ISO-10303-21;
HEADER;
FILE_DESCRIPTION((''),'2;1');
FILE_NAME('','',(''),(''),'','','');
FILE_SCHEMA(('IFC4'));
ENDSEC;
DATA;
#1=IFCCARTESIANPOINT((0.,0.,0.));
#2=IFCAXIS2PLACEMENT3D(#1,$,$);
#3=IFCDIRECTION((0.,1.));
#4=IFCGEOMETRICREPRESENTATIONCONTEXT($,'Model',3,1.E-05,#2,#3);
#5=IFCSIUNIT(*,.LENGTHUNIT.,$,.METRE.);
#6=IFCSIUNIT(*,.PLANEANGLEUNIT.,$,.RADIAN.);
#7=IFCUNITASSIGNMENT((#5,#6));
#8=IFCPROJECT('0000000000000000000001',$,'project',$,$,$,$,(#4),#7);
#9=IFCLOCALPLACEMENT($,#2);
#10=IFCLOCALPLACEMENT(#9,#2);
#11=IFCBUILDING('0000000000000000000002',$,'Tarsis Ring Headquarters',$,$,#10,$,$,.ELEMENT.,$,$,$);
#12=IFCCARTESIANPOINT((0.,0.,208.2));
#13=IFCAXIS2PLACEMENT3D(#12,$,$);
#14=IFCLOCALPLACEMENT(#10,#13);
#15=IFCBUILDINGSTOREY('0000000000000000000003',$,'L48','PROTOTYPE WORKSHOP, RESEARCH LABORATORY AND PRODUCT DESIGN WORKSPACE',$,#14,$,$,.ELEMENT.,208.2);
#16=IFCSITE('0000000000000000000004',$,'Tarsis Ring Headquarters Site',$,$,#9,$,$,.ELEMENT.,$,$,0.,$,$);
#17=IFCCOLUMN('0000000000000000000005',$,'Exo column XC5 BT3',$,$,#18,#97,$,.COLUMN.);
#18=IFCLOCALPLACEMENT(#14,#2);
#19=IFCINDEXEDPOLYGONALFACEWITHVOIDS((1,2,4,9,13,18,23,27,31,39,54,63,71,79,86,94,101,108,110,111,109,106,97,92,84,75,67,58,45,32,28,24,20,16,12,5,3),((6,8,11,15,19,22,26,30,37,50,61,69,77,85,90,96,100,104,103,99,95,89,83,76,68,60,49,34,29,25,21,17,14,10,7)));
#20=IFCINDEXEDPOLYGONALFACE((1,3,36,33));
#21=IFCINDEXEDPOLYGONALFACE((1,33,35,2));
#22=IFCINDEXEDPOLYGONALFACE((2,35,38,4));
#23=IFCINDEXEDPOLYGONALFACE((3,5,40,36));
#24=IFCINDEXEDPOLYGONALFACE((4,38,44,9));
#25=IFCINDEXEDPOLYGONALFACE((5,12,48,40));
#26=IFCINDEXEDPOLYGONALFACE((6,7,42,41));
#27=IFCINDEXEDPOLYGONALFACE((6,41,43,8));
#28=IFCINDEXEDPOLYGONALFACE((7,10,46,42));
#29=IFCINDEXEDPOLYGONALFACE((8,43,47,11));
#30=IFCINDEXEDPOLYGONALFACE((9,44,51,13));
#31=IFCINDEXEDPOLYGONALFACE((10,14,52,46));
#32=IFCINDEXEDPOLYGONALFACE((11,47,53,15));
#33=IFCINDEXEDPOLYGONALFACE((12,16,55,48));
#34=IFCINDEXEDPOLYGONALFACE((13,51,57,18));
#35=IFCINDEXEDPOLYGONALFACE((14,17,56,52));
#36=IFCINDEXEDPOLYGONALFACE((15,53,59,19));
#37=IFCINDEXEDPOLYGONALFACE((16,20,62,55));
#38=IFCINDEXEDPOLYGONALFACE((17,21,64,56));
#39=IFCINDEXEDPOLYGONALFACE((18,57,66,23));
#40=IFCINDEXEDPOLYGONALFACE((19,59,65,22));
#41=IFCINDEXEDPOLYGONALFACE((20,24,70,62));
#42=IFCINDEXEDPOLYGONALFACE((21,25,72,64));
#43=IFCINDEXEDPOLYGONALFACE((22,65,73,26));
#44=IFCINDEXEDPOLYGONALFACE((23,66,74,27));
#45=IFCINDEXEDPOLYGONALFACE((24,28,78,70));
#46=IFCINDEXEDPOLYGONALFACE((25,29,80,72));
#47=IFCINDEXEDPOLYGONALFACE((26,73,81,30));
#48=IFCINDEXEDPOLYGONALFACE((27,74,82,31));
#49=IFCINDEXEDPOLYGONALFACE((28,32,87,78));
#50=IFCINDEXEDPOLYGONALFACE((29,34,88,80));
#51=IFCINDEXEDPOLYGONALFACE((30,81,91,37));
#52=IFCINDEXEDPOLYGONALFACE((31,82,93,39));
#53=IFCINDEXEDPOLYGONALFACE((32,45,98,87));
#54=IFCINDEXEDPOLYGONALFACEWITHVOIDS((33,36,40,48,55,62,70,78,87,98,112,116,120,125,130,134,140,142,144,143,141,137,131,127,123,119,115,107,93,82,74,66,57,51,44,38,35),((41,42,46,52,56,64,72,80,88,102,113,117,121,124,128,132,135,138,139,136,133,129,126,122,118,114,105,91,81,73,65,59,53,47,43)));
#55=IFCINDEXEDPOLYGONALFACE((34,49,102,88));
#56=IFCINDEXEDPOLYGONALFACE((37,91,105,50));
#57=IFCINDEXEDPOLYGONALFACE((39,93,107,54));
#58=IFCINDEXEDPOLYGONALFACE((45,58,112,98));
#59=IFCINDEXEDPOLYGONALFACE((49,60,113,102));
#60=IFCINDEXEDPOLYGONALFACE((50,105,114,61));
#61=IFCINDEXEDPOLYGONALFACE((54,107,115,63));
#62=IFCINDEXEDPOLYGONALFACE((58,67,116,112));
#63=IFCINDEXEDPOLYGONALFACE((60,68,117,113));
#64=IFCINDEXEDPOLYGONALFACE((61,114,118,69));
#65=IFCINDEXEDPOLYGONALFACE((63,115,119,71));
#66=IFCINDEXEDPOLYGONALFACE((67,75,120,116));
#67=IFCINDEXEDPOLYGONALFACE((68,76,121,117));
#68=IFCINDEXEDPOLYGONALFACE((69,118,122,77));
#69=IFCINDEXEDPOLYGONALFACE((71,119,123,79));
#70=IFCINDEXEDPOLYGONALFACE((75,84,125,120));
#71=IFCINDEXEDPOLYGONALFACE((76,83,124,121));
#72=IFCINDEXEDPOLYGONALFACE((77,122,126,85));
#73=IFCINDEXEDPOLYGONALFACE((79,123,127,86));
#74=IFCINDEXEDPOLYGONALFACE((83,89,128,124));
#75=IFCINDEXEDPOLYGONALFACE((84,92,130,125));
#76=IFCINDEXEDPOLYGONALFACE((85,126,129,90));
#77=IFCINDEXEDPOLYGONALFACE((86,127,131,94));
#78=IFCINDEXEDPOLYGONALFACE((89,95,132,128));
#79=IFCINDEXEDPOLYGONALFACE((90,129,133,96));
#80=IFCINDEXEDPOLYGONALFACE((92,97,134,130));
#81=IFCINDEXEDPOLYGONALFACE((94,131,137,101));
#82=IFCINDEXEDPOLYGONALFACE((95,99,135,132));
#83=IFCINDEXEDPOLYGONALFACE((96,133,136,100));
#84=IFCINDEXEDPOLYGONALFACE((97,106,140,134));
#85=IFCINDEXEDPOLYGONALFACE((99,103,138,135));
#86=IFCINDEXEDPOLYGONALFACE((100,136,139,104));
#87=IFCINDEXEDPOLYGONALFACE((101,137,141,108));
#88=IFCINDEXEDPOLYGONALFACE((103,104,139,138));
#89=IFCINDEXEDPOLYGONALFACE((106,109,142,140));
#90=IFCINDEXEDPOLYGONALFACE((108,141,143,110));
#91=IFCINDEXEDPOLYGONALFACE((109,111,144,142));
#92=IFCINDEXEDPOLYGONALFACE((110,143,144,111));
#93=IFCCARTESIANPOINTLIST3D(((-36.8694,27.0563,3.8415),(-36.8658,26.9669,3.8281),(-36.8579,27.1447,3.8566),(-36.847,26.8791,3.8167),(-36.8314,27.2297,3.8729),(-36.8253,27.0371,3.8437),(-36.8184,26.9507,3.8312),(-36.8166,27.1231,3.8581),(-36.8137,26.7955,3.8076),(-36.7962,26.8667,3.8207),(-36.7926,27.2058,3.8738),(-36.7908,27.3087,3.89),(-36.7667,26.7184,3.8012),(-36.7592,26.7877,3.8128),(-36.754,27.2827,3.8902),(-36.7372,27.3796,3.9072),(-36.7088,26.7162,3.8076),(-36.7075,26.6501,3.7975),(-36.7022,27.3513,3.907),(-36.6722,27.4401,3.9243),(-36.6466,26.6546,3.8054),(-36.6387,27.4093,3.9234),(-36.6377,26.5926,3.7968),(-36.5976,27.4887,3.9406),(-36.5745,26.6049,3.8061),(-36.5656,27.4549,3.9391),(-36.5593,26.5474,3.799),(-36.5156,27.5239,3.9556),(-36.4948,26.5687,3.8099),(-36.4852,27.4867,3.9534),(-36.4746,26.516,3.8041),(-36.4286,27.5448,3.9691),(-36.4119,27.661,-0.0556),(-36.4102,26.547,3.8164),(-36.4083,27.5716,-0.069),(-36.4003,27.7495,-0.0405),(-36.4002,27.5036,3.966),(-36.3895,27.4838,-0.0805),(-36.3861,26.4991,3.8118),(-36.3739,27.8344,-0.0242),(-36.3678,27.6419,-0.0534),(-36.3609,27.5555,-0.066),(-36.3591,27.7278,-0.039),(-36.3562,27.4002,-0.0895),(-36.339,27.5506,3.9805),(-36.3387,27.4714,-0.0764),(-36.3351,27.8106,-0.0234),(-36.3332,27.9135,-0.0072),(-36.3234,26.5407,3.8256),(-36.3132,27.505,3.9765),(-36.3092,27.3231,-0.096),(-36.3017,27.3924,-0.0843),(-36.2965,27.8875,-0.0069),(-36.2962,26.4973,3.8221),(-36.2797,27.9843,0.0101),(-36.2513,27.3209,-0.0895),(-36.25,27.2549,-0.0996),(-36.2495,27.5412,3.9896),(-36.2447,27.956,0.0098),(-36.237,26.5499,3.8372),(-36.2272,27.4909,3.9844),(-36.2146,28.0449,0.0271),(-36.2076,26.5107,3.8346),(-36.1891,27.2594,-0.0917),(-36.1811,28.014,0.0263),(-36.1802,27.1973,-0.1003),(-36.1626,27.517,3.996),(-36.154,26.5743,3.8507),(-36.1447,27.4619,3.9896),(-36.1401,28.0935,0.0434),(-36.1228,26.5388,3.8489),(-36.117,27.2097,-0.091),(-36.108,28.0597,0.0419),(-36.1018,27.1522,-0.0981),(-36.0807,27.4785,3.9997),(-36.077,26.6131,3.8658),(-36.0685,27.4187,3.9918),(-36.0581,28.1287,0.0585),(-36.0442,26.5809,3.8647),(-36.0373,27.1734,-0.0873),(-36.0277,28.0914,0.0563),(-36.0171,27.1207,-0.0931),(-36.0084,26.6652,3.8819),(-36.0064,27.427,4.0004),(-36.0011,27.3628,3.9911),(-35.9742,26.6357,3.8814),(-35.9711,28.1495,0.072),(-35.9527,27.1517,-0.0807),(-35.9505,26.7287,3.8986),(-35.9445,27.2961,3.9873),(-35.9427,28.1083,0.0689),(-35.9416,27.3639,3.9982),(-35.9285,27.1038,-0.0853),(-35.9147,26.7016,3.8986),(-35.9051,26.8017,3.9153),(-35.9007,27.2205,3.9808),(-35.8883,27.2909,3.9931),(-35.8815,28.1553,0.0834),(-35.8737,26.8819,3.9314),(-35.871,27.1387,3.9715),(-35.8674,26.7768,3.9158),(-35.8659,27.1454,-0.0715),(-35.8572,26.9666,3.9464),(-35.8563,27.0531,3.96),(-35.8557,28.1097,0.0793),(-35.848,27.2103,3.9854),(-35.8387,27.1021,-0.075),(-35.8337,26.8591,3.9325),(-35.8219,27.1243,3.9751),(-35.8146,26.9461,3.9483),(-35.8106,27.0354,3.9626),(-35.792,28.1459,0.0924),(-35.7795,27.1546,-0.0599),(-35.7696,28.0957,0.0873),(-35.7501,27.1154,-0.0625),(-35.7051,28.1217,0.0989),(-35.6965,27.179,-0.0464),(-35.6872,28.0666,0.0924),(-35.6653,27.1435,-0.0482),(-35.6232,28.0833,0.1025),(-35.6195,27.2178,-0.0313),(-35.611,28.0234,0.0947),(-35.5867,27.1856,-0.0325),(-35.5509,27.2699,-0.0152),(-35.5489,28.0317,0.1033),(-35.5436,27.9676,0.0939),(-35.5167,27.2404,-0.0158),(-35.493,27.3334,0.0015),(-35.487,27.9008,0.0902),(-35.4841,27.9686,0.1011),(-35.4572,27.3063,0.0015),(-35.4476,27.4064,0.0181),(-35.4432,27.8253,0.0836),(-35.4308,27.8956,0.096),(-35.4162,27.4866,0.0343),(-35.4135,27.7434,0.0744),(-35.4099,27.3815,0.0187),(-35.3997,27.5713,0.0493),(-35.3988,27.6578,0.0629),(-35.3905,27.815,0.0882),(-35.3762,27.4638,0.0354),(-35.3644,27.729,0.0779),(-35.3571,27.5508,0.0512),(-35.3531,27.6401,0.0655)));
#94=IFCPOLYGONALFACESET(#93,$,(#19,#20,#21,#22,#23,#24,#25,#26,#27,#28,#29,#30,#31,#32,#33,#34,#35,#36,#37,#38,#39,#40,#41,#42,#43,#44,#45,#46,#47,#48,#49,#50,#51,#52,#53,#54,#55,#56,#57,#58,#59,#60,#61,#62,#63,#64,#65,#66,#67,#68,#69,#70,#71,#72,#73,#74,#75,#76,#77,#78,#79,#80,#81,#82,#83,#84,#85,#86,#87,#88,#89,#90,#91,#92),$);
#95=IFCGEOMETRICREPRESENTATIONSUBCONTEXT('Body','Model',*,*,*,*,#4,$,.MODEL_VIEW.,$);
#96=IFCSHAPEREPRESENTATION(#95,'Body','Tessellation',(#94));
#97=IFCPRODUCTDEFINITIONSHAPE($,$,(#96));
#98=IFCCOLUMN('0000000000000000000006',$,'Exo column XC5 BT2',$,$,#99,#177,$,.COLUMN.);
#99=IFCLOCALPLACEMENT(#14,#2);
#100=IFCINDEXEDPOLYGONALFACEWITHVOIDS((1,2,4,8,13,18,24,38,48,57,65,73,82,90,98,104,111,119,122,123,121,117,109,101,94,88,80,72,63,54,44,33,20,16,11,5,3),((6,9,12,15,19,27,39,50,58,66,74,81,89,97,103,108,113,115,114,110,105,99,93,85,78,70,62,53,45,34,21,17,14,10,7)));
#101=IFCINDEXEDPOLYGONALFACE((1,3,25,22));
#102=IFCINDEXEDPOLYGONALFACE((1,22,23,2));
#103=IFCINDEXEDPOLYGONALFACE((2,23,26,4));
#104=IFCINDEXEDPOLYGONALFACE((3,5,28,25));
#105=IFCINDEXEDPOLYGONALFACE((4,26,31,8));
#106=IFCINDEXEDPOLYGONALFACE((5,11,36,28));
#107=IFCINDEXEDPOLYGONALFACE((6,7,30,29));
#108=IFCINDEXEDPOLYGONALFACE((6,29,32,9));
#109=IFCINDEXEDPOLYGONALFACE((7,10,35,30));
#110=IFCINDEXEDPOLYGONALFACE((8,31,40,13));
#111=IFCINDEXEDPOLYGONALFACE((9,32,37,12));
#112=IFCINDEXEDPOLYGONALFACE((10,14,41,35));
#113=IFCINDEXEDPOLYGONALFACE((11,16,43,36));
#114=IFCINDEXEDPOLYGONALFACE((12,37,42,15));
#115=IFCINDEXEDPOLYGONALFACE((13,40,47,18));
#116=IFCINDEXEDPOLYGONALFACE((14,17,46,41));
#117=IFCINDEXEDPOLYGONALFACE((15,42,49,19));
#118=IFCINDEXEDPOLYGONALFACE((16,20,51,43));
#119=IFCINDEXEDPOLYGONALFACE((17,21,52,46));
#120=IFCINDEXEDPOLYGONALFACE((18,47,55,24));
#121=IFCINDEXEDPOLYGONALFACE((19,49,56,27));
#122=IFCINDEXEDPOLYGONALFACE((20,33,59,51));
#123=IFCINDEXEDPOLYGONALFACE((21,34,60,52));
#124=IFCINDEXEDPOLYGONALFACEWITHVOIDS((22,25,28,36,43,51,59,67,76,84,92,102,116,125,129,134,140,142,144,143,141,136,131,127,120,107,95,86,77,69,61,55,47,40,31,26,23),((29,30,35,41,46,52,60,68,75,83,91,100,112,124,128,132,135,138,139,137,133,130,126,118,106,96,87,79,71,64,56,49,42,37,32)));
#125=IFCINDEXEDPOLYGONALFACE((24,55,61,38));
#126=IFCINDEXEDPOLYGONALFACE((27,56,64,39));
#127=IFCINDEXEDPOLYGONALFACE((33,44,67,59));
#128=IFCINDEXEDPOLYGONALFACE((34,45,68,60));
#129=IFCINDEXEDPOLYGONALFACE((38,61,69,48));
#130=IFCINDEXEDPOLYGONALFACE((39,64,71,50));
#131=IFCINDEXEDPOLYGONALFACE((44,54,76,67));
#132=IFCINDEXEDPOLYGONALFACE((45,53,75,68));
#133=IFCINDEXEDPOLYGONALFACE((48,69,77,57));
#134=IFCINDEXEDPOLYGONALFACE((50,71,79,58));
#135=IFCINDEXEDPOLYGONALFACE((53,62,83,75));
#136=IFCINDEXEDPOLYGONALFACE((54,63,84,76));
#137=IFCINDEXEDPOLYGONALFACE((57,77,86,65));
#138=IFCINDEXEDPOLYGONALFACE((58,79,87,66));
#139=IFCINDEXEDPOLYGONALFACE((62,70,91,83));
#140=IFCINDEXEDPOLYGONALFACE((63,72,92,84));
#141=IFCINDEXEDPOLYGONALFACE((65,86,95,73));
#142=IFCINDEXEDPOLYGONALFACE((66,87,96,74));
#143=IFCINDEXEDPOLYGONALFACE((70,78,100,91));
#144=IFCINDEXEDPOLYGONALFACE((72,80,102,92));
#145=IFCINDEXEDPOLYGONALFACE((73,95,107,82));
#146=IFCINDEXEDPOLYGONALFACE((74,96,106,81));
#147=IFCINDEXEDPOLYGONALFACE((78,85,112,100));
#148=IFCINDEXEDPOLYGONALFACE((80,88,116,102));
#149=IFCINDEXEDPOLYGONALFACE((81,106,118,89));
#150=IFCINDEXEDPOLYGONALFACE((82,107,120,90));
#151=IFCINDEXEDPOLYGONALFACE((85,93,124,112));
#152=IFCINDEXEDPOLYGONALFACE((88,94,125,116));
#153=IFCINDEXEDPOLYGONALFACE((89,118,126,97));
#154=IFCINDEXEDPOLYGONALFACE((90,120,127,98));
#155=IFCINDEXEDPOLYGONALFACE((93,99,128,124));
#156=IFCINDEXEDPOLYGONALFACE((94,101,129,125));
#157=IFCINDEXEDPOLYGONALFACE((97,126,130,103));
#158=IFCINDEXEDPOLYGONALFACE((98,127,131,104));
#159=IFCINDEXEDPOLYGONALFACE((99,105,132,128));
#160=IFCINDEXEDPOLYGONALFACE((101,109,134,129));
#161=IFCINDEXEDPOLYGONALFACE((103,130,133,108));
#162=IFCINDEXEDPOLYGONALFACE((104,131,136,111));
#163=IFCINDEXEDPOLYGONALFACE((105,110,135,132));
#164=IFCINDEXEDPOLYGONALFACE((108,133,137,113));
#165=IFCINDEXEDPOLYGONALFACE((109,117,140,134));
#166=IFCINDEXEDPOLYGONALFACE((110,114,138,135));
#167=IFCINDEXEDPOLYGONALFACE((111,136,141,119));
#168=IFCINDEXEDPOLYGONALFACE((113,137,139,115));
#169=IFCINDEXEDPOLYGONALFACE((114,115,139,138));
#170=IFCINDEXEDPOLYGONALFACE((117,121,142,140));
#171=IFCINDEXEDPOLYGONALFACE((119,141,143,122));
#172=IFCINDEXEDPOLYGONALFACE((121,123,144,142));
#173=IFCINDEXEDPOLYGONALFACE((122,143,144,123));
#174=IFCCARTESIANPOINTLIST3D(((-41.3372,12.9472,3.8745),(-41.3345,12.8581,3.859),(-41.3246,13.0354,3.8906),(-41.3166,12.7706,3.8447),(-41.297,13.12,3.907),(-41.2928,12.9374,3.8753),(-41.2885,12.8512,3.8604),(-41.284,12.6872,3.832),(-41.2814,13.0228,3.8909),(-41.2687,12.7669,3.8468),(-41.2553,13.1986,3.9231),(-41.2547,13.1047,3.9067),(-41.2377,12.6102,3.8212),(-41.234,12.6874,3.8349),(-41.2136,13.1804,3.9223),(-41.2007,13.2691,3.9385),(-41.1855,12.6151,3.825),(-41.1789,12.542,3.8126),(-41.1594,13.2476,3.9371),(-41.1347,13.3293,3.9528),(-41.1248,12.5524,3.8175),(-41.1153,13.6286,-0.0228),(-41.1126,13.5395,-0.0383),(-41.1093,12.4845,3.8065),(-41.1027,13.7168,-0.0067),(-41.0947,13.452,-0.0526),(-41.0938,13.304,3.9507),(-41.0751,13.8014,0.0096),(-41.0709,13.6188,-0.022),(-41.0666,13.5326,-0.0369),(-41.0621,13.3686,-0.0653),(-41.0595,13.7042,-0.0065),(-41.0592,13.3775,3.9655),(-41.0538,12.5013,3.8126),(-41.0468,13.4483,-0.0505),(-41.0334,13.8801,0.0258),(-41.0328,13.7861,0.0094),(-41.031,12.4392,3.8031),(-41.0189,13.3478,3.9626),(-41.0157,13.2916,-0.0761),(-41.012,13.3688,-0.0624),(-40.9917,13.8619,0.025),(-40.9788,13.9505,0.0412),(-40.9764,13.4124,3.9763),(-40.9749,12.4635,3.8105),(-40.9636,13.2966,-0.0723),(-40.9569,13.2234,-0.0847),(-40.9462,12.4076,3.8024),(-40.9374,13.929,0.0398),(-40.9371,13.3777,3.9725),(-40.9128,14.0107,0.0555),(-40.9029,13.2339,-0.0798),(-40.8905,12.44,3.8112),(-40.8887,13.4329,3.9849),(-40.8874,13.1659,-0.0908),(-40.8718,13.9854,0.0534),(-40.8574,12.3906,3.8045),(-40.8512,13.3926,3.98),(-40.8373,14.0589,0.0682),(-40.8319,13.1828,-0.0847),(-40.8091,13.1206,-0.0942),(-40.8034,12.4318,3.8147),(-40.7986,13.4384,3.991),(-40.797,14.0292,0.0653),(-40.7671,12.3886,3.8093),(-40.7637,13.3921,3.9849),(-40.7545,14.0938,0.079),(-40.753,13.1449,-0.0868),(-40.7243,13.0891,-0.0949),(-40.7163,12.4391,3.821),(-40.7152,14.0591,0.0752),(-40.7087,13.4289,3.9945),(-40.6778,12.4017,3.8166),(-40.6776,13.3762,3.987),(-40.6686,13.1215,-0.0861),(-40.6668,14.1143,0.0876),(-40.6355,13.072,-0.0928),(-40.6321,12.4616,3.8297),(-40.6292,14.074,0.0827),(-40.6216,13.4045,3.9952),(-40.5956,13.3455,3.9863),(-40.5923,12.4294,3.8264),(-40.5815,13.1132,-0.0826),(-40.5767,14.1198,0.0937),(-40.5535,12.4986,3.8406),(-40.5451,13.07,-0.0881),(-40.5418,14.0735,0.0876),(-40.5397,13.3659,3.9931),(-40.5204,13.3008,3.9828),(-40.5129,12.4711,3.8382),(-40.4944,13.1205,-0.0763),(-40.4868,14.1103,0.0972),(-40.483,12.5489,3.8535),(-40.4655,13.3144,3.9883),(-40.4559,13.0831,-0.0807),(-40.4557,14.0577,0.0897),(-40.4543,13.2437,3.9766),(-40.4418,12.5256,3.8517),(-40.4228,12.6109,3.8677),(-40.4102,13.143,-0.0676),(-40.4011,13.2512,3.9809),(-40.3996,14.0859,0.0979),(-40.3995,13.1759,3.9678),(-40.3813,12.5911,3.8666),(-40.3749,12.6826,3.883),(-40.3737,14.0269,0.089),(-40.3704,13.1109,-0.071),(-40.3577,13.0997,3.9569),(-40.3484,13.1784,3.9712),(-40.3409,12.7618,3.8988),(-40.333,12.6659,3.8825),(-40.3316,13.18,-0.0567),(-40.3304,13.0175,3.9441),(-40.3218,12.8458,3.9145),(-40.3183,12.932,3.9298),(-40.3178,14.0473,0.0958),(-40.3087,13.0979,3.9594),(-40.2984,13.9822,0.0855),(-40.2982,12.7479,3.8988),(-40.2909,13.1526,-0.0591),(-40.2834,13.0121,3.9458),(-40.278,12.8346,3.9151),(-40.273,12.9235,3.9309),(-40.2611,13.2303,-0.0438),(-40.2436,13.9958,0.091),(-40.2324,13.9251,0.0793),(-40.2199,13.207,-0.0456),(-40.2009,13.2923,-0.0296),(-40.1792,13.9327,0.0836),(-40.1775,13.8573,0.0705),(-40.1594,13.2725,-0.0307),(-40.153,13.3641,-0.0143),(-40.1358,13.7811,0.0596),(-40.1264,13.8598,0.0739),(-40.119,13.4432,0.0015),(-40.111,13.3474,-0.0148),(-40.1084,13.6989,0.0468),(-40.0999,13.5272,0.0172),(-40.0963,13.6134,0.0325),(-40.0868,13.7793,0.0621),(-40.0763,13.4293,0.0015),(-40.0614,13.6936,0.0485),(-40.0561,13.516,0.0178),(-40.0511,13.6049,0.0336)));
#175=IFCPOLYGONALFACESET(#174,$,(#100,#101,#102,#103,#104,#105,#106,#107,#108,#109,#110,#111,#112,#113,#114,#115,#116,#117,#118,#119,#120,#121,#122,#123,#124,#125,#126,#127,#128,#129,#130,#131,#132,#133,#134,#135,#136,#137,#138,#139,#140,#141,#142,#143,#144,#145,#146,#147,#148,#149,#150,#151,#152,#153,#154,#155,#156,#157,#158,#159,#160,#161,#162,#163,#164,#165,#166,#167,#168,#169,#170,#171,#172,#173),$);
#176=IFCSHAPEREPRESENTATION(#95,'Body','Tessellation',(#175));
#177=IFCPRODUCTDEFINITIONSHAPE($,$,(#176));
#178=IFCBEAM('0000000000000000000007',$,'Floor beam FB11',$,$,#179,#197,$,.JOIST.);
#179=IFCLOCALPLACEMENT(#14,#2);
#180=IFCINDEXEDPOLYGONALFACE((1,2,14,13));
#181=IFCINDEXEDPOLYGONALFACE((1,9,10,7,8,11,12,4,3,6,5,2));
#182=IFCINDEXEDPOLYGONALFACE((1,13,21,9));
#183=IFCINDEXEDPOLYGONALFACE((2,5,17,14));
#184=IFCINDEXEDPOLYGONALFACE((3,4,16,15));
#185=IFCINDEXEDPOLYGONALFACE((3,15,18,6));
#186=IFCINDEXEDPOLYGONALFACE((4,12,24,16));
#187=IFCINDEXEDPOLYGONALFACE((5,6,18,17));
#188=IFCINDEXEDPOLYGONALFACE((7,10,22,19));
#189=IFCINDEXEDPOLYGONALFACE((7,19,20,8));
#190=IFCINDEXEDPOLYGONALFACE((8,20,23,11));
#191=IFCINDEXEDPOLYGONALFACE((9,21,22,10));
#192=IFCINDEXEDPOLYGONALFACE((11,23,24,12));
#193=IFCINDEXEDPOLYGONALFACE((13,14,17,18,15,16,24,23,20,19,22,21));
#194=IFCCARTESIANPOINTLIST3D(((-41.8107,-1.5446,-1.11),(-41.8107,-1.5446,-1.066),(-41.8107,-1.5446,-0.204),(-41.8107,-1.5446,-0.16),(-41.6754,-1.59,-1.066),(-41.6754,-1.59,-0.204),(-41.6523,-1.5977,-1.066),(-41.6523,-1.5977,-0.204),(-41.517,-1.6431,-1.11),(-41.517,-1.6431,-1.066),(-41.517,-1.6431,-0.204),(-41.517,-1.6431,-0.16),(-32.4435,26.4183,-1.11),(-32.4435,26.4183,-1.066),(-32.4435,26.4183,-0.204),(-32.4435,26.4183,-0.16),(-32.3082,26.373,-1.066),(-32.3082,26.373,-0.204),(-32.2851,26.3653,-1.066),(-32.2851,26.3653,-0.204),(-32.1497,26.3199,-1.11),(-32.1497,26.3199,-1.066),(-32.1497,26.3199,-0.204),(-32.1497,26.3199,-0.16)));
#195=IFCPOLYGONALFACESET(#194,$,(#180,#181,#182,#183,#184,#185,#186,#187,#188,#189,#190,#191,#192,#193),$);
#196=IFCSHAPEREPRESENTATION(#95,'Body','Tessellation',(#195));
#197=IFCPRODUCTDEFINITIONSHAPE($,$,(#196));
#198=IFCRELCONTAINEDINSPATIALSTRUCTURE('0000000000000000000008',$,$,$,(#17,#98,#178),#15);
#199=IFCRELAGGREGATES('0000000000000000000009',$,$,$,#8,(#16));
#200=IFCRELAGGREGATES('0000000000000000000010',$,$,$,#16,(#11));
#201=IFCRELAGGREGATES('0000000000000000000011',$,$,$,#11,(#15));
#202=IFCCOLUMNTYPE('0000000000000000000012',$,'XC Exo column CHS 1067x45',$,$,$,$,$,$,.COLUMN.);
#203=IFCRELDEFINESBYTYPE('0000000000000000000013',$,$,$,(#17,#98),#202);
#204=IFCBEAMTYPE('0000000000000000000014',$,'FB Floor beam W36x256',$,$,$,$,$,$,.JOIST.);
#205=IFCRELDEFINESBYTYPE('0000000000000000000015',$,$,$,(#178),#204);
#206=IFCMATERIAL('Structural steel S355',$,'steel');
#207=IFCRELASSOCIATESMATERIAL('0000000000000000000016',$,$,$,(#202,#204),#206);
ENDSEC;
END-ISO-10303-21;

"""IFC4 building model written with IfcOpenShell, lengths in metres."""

from ifc_helpers import new_model, si_unit, direction, frame, origin, origin_2d, place, context, subcontext, project, spatial, hollow_circle, i_section, extrude, material, material_profile, profile_set, type_object, element, save


model = new_model("IFC4")

# Units and contexts
model_context = context("Model", 3, precision=1e-05, world=origin(), true_north=direction((0.0, 1.0)))
body_context = subcontext(model_context, "Body", "Model", "MODEL_VIEW")
ifc_project = project(units=[si_unit("LENGTHUNIT", "METRE"), si_unit("PLANEANGLEUNIT", "RADIAN")], contexts=[model_context])

# Site, building, storey
site_placement = place(None, origin())
site = spatial("IfcSite", under=ifc_project, at=site_placement, Name="Tarsis Ring Headquarters Site", CompositionType="ELEMENT", RefElevation=0.0)
building_placement = place(site_placement, origin())
building = spatial("IfcBuilding", under=site, at=building_placement, Name="Tarsis Ring Headquarters", CompositionType="ELEMENT")
storey_placement = place(building_placement, frame((0.0, 0.0, 208.2)))
storey = spatial("IfcBuildingStorey", under=building, at=storey_placement, Name="L48", Description="PROTOTYPE WORKSHOP, RESEARCH LABORATORY AND PRODUCT DESIGN WORKSPACE", CompositionType="ELEMENT", Elevation=208.2)

# Columns
ifc_material_1 = material(Name="Structural steel S355", Category="steel")
ifc_material_profile_1 = material_profile(ifc_material_1, hollow_circle(Radius=0.5334, WallThickness=0.0449, at=origin_2d()), Name="CHS 1067x45")
ifc_profile_set_1 = profile_set([ifc_material_profile_1], Name="Structural steel S355")
column_type = type_object("IfcColumnType", Name="XC Exo column CHS 1067x45", PredefinedType="COLUMN", material=ifc_profile_set_1)
column_1_placement = place(storey_placement, frame((-35.8826, 27.6282, 0.0015), z_axis=(-0.115235, -0.152315, 0.981591), x_axis=(0.797482, -0.603343, 0.0)))
element("IfcColumn", 1, at=column_1_placement, inside=storey, type_object=column_type, Name="Exo column XC5 BT3", PredefinedType="COLUMN", context=body_context, shape_type="SweptSolid", body=[
    extrude(hollow_circle(Radius=0.5334, WallThickness=0.0449, at=origin_2d()), origin(), (0.0, 0.0, 1.0), 3.9702),
])
column_2_placement = place(storey_placement, frame((-40.5835, 13.5945, 0.0015), z_axis=(-0.056005, -0.171959, 0.983511), x_axis=(0.950841, -0.309679, 0.0)))
element("IfcColumn", 2, at=column_2_placement, inside=storey, type_object=column_type, Name="Exo column XC5 BT2", PredefinedType="COLUMN", context=body_context, shape_type="SweptSolid", body=[
    extrude(hollow_circle(Radius=0.5334, WallThickness=0.0449, at=origin_2d()), origin(), (0.0, 0.0, 1.0), 3.9626),
])

# Beam
ifc_material_profile_2 = material_profile(ifc_material_1, i_section(OverallWidth=0.3098, OverallDepth=0.95, WebThickness=0.0244, FlangeThickness=0.0439, at=origin_2d()), Name="W36x256")
ifc_profile_set_2 = profile_set([ifc_material_profile_2], Name="Structural steel S355")
beam_type_1 = type_object("IfcBeamType", Name="FB Floor beam W36x256", PredefinedType="JOIST", material=ifc_profile_set_2)
beam_1_placement = place(storey_placement, frame((-32.2966, 26.3691, -0.635), z_axis=(-0.317638, -0.948212, 0.0), x_axis=(0.948212, -0.317638, 0.0)))
element("IfcBeam", 3, at=beam_1_placement, inside=storey, type_object=beam_type_1, Name="Floor beam FB11", PredefinedType="JOIST", context=body_context, shape_type="SweptSolid", body=[
    extrude(i_section(OverallWidth=0.3098, OverallDepth=0.95, WebThickness=0.0244, FlangeThickness=0.0439, at=origin_2d()), origin(), (0.0, 0.0, 1.0), 29.4902),
])

save(model, "model.ifc")
